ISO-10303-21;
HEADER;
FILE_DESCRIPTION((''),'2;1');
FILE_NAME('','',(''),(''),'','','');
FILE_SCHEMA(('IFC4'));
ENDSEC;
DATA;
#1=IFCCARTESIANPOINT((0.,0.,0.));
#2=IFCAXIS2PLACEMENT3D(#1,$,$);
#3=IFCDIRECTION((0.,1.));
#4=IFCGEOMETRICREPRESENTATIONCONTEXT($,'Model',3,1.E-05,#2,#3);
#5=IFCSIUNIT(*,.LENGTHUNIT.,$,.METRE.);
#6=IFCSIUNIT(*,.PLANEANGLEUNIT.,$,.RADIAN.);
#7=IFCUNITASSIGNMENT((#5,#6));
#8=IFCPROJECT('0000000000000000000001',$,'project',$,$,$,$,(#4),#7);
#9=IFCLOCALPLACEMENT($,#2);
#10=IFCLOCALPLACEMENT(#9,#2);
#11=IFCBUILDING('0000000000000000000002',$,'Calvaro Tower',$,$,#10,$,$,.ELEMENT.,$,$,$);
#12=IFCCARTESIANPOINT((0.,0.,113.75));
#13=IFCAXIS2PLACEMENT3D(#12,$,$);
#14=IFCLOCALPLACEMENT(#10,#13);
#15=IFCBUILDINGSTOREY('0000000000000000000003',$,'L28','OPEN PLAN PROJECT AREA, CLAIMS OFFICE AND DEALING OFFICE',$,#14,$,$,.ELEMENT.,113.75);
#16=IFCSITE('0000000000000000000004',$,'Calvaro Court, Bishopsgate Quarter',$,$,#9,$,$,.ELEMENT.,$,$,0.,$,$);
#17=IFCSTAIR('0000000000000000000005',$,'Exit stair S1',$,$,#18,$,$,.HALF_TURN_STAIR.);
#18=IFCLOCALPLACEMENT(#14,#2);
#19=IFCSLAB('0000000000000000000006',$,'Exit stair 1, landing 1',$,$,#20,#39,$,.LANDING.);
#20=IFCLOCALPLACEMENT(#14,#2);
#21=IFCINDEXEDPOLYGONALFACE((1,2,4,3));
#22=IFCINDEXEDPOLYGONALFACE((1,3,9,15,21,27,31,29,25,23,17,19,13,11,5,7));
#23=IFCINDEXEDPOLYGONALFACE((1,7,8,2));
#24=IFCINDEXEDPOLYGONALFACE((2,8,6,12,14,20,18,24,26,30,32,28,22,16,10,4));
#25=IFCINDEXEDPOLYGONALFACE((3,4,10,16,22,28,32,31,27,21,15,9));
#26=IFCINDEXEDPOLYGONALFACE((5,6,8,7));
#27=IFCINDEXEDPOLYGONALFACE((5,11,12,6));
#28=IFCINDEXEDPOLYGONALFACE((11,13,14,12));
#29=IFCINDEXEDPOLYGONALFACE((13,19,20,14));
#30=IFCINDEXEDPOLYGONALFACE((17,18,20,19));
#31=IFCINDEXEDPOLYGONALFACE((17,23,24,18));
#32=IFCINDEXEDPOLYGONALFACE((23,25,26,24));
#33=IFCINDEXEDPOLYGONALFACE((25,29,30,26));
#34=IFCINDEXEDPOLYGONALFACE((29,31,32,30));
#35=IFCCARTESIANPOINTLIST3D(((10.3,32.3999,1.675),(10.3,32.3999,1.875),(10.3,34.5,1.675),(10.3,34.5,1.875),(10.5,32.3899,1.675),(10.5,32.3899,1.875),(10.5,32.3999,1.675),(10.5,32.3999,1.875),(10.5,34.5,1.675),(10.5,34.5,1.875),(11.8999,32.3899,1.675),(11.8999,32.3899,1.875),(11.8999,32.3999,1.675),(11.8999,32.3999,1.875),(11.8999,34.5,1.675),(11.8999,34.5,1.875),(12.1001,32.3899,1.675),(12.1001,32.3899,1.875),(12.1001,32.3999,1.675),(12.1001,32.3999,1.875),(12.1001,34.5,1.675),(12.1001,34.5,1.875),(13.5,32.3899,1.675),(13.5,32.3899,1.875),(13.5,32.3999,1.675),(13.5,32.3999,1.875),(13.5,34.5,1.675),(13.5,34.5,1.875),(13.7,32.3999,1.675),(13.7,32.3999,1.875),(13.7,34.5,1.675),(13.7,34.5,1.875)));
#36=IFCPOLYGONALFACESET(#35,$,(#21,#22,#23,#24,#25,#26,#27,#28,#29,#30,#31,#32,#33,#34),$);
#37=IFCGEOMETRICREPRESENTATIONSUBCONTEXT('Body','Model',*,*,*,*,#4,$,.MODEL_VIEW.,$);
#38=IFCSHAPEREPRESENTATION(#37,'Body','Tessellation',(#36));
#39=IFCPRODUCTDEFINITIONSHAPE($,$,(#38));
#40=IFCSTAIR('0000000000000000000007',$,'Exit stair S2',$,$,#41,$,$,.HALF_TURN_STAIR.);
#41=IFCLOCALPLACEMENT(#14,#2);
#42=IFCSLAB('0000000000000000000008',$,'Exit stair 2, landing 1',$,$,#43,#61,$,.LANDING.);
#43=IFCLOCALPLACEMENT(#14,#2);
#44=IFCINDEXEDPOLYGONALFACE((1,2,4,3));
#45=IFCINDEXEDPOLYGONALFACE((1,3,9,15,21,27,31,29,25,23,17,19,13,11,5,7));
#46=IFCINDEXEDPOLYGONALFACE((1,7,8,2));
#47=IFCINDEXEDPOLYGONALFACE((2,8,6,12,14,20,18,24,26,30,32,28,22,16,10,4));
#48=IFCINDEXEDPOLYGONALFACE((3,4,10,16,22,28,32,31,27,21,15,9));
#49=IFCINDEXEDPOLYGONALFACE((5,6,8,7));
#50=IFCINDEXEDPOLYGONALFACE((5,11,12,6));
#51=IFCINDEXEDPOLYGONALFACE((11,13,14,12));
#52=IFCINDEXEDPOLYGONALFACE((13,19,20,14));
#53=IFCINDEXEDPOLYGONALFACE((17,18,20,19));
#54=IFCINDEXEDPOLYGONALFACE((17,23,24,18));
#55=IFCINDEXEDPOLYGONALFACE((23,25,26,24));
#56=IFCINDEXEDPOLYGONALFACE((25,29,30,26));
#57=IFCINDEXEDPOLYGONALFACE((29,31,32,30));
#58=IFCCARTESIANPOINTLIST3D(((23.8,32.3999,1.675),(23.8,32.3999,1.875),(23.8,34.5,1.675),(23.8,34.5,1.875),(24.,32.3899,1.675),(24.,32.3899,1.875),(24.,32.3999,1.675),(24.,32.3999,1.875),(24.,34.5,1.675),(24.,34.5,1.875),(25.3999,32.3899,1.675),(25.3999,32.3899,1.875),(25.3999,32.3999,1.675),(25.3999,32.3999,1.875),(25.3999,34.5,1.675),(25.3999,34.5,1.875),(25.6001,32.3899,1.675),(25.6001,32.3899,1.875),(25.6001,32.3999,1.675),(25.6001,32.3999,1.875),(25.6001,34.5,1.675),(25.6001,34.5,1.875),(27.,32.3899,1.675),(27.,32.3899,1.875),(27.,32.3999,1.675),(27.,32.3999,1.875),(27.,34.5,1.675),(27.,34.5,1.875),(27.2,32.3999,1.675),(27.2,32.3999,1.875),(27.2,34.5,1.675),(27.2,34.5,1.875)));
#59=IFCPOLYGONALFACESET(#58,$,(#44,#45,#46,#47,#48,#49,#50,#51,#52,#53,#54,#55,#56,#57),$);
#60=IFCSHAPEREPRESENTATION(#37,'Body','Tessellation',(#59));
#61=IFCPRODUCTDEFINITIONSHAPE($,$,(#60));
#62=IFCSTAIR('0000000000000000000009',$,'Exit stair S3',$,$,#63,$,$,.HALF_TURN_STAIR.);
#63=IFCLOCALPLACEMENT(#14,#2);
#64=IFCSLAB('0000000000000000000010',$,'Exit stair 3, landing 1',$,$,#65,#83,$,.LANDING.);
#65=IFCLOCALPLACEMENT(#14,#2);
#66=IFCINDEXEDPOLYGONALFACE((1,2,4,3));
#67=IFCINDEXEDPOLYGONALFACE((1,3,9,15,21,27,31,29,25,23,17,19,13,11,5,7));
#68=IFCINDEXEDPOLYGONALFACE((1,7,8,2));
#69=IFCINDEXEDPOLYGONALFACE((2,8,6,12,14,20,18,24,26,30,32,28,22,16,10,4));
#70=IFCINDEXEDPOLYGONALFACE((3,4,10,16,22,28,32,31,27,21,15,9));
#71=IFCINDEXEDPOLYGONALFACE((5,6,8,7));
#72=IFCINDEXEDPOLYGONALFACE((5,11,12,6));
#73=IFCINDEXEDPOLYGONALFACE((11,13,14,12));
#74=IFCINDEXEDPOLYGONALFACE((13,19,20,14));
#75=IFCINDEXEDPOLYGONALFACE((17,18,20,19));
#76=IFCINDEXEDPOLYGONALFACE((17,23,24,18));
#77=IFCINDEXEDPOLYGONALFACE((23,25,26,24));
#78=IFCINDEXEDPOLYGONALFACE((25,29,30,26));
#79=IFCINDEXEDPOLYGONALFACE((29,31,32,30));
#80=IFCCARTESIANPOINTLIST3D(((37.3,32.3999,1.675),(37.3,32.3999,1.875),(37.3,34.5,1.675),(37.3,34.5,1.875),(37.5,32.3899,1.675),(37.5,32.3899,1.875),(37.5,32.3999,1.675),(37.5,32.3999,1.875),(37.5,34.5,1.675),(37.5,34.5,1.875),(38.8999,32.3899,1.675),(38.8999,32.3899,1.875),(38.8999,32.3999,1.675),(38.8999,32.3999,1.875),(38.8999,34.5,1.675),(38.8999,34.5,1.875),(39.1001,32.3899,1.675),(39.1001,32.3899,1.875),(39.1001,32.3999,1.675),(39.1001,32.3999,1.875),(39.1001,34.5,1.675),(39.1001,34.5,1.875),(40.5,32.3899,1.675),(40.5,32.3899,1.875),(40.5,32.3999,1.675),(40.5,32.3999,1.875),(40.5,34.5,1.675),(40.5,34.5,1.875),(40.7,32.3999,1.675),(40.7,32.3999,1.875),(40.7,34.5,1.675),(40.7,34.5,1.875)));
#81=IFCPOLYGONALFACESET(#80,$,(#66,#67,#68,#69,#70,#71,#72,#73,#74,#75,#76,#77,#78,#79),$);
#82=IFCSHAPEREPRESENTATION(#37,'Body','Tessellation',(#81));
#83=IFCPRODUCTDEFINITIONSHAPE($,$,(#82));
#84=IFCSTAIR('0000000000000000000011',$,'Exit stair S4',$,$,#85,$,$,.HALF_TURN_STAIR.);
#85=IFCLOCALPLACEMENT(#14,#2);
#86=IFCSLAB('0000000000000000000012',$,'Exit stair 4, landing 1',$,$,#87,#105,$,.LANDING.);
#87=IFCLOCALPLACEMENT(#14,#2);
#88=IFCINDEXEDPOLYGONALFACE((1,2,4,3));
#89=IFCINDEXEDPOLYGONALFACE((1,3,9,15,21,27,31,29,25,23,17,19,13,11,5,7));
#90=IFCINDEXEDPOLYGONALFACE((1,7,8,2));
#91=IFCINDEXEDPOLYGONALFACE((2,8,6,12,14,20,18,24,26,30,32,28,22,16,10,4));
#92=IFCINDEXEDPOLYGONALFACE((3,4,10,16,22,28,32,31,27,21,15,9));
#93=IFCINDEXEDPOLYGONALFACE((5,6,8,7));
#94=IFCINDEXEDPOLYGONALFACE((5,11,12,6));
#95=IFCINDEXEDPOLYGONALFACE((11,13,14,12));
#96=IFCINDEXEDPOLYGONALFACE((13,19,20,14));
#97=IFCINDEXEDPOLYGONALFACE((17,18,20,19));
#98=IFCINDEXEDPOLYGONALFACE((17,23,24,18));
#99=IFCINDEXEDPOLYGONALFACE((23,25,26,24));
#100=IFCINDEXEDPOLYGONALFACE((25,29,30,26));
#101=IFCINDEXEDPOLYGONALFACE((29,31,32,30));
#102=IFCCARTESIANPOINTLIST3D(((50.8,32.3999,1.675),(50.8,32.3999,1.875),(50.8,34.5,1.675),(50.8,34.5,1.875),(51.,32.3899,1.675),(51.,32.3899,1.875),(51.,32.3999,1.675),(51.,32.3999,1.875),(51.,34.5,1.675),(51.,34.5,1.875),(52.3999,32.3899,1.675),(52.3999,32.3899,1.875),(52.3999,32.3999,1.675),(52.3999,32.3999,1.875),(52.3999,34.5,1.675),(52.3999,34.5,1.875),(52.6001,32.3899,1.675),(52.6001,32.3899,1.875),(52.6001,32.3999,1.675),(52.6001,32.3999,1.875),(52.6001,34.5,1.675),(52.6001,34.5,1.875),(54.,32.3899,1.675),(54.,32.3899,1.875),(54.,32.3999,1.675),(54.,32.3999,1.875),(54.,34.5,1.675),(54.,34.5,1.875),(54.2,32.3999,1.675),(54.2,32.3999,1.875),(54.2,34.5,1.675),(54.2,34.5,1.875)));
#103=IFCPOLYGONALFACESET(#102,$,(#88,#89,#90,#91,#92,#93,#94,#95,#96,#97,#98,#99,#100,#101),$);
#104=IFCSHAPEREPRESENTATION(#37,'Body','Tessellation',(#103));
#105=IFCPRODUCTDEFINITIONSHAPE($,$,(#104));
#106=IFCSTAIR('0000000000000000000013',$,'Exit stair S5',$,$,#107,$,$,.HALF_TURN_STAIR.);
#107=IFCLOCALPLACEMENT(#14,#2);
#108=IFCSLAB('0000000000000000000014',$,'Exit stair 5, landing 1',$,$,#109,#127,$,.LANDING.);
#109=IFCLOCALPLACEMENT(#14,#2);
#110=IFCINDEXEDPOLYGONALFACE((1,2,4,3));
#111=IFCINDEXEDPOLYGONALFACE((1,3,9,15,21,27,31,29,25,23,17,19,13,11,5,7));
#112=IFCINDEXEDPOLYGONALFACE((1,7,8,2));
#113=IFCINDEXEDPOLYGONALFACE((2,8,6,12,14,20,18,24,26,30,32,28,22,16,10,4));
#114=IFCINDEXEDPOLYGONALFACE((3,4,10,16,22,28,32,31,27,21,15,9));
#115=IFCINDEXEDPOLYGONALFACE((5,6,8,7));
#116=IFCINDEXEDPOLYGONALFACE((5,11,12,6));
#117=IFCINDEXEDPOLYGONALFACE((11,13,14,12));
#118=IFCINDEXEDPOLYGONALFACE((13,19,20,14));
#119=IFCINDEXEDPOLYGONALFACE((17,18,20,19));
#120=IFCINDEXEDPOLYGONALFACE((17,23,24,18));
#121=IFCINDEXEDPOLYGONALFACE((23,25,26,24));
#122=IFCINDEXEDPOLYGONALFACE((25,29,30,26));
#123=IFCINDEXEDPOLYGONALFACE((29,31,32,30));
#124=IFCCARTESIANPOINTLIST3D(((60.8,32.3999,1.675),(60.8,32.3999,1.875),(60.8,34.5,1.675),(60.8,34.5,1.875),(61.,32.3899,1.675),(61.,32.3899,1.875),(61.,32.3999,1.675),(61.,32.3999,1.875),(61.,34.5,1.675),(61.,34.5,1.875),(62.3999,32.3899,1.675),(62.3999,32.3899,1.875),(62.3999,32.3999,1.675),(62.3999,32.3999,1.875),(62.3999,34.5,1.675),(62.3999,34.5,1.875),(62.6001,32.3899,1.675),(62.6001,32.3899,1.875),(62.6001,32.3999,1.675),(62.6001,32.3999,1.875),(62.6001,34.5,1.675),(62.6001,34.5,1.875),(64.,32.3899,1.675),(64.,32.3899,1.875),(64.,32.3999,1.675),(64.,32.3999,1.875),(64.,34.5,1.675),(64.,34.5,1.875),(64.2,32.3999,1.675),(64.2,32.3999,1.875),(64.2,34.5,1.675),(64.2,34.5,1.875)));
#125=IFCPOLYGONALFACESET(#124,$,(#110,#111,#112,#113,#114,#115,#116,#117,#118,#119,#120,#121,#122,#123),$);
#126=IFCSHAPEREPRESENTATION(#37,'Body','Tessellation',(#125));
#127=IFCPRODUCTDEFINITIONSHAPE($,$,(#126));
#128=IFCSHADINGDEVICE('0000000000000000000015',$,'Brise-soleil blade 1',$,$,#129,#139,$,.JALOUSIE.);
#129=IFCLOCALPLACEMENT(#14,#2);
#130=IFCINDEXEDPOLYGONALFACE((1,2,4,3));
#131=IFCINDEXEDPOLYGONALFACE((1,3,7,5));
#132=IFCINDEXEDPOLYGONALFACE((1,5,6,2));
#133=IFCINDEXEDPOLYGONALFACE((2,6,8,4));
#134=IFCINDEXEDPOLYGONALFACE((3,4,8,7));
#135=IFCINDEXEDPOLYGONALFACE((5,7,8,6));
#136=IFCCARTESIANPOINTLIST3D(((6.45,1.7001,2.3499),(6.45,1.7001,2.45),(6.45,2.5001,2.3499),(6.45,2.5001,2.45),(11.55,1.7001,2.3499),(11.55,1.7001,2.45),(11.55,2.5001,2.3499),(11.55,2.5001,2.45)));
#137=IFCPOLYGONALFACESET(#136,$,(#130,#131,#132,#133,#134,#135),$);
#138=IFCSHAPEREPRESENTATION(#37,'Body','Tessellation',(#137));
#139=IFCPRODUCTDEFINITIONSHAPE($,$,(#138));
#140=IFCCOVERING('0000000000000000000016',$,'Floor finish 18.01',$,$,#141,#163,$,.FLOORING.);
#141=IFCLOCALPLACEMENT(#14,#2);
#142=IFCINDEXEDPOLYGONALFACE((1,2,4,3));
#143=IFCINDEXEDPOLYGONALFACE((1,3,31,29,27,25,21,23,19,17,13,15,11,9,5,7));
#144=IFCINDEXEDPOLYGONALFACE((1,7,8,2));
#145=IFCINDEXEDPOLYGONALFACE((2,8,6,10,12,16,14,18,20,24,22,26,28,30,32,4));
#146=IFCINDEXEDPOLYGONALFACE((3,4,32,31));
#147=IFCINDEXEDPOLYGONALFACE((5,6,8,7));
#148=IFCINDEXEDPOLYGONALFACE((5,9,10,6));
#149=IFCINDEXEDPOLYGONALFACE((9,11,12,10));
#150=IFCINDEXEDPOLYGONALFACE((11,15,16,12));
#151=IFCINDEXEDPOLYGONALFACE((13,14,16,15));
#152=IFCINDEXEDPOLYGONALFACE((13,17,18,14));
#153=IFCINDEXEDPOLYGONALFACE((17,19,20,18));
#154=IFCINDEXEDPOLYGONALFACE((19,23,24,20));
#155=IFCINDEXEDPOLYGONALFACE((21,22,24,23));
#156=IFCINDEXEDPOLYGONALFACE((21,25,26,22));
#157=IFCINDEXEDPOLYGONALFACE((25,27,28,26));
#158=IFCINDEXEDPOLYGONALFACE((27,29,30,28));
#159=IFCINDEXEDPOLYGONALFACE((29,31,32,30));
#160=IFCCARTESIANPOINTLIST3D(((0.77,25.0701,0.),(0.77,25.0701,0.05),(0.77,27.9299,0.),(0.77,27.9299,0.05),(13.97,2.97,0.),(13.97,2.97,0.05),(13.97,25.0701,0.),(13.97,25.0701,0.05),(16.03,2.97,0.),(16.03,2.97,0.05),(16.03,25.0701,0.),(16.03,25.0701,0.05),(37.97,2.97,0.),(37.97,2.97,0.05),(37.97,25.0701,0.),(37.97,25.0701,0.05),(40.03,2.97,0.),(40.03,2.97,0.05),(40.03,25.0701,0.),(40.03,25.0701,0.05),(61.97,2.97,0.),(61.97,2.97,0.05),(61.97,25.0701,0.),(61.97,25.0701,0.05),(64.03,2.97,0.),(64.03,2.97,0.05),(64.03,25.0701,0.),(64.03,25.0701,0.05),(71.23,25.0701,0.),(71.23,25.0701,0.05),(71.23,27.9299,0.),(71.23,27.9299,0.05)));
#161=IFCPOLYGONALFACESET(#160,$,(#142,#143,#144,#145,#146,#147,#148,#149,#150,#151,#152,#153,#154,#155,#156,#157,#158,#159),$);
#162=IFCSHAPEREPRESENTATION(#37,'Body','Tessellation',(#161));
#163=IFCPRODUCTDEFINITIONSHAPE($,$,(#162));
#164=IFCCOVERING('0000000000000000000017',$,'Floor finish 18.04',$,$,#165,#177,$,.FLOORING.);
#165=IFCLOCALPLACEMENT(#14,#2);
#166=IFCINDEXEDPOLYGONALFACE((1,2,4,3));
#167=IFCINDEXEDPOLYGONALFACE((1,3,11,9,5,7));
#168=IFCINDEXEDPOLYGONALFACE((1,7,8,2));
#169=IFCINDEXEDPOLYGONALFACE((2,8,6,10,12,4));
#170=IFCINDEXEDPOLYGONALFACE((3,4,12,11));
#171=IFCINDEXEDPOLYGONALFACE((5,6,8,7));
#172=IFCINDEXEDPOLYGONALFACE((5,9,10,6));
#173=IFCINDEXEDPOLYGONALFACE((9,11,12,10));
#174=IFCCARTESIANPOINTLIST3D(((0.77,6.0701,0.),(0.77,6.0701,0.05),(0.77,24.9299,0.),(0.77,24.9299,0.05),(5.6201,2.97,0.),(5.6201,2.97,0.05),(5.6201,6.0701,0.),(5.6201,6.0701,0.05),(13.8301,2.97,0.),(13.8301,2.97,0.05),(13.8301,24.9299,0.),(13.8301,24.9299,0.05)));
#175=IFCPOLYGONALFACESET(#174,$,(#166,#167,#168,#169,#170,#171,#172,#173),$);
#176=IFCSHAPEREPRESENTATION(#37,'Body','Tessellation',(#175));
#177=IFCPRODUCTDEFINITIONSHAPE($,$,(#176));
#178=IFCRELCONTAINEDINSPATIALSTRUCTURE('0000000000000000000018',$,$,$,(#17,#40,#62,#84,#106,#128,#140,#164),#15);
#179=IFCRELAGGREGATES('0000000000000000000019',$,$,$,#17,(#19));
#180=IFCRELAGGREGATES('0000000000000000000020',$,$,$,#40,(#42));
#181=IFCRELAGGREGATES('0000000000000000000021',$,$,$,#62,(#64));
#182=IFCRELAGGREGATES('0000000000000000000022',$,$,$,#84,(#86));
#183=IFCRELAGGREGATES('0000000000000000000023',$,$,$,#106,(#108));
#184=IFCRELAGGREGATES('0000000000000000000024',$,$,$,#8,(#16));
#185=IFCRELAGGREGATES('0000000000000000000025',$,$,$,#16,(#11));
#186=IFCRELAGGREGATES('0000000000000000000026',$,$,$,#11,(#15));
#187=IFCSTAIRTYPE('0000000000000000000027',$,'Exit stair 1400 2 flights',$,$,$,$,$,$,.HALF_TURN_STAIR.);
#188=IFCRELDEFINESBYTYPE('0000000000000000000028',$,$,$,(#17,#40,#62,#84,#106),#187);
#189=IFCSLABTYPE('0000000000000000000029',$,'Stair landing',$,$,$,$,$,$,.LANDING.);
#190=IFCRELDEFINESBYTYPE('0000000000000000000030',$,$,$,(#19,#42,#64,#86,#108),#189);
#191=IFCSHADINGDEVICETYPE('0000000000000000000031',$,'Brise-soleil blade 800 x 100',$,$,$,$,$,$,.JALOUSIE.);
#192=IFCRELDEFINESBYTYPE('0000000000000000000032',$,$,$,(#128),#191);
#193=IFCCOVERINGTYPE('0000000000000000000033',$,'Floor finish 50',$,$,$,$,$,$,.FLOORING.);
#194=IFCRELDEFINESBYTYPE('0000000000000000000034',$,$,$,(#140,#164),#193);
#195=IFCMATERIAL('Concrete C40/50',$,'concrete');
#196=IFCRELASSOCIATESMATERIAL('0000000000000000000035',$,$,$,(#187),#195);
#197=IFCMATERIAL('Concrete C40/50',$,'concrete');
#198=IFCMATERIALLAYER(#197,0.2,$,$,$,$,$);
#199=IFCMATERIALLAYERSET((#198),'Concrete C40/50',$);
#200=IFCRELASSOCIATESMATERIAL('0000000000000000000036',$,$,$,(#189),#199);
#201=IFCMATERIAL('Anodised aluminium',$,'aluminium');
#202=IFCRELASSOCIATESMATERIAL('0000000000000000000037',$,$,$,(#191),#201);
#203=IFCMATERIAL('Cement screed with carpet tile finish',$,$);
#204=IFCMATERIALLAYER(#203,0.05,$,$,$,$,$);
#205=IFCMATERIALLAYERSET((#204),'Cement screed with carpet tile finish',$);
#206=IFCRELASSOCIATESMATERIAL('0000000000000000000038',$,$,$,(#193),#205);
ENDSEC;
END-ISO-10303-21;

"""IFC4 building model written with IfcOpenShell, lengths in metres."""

from ifc_helpers import new_model, si_unit, direction, frame, origin, origin_2d, place, context, subcontext, project, spatial, polyline, rectangle, outline, extrude, material, layer, layer_set, material_profile, profile_set, type_object, element, aggregate, save


model = new_model("IFC4")

# Units and contexts
model_context = context("Model", 3, precision=1e-05, world=origin(), true_north=direction((0.0, 1.0)))
body_context = subcontext(model_context, "Body", "Model", "MODEL_VIEW")
ifc_project = project(units=[si_unit("LENGTHUNIT", "METRE"), si_unit("PLANEANGLEUNIT", "RADIAN")], contexts=[model_context])

# Site, building, storey
site_placement = place(None, origin())
site = spatial("IfcSite", under=ifc_project, at=site_placement, Name="Calvaro Court, Bishopsgate Quarter", CompositionType="ELEMENT", RefElevation=0.0)
building_placement = place(site_placement, origin())
building = spatial("IfcBuilding", under=site, at=building_placement, Name="Calvaro Tower", CompositionType="ELEMENT")
storey_placement = place(building_placement, frame((0.0, 0.0, 113.75)))
storey = spatial("IfcBuildingStorey", under=building, at=storey_placement, Name="L28", Description="OPEN PLAN PROJECT AREA, CLAIMS OFFICE AND DEALING OFFICE", CompositionType="ELEMENT", Elevation=113.75)

# Stairs, slabs
ifc_material_1 = material(Name="Concrete C40/50", Category="concrete")
stair_type = type_object("IfcStairType", Name="Exit stair 1400 2 flights", PredefinedType="HALF_TURN_STAIR", material=ifc_material_1)
stair_1_placement = place(storey_placement, origin())
stair_1 = element("IfcStair", 1, at=stair_1_placement, inside=storey, type_object=stair_type, Name="Exit stair S1", PredefinedType="HALF_TURN_STAIR")
ifc_material_2 = material(Name="Concrete C40/50", Category="concrete")
ifc_layer_1 = layer(ifc_material_2, 0.2)
ifc_layer_set_1 = layer_set([ifc_layer_1], Name="Concrete C40/50")
slab_type_1 = type_object("IfcSlabType", Name="Stair landing", PredefinedType="LANDING", material=ifc_layer_set_1)
slab_1_placement = place(storey_placement, frame((0.0, 0.0, 1.675)))
slab_1 = element("IfcSlab", 2, at=slab_1_placement, type_object=slab_type_1, Name="Exit stair 1, landing 1", PredefinedType="LANDING", context=body_context, shape_type="SweptSolid", body=[
    extrude(outline(polyline([(11.8999, 32.3899), (10.5, 32.3899), (10.5, 32.3999), (10.3, 32.3999), (10.3, 34.5), (10.5, 34.5), (11.8999, 34.5), (12.1001, 34.5), (13.5, 34.5), (13.7, 34.5), (13.7, 32.3999), (13.5, 32.3999), (13.5, 32.3899), (12.1001, 32.3899), (12.1001, 32.3999), (11.8999, 32.3999), (11.8999, 32.3899)])), origin(), (0.0, 0.0, 1.0), 0.2),
])
aggregate(stair_1, [slab_1])
stair_2_placement = place(storey_placement, origin())
stair_2 = element("IfcStair", 3, at=stair_2_placement, inside=storey, type_object=stair_type, Name="Exit stair S2", PredefinedType="HALF_TURN_STAIR")
slab_2_placement = place(storey_placement, frame((0.0, 0.0, 1.675)))
slab_2 = element("IfcSlab", 4, at=slab_2_placement, type_object=slab_type_1, Name="Exit stair 2, landing 1", PredefinedType="LANDING", context=body_context, shape_type="SweptSolid", body=[
    extrude(outline(polyline([(25.3999, 32.3899), (24.0, 32.3899), (24.0, 32.3999), (23.8, 32.3999), (23.8, 34.5), (24.0, 34.5), (25.3999, 34.5), (25.6001, 34.5), (27.0, 34.5), (27.2, 34.5), (27.2, 32.3999), (27.0, 32.3999), (27.0, 32.3899), (25.6001, 32.3899), (25.6001, 32.3999), (25.3999, 32.3999), (25.3999, 32.3899)])), origin(), (0.0, 0.0, 1.0), 0.2),
])
aggregate(stair_2, [slab_2])
stair_3_placement = place(storey_placement, origin())
stair_3 = element("IfcStair", 5, at=stair_3_placement, inside=storey, type_object=stair_type, Name="Exit stair S3", PredefinedType="HALF_TURN_STAIR")
slab_3_placement = place(storey_placement, frame((0.0, 0.0, 1.675)))
slab_3 = element("IfcSlab", 6, at=slab_3_placement, type_object=slab_type_1, Name="Exit stair 3, landing 1", PredefinedType="LANDING", context=body_context, shape_type="SweptSolid", body=[
    extrude(outline(polyline([(38.8999, 32.3899), (37.5, 32.3899), (37.5, 32.3999), (37.3, 32.3999), (37.3, 34.5), (37.5, 34.5), (38.8999, 34.5), (39.1001, 34.5), (40.5, 34.5), (40.7, 34.5), (40.7, 32.3999), (40.5, 32.3999), (40.5, 32.3899), (39.1001, 32.3899), (39.1001, 32.3999), (38.8999, 32.3999), (38.8999, 32.3899)])), origin(), (0.0, 0.0, 1.0), 0.2),
])
aggregate(stair_3, [slab_3])
stair_4_placement = place(storey_placement, origin())
stair_4 = element("IfcStair", 7, at=stair_4_placement, inside=storey, type_object=stair_type, Name="Exit stair S4", PredefinedType="HALF_TURN_STAIR")
slab_4_placement = place(storey_placement, frame((0.0, 0.0, 1.675)))
slab_4 = element("IfcSlab", 8, at=slab_4_placement, type_object=slab_type_1, Name="Exit stair 4, landing 1", PredefinedType="LANDING", context=body_context, shape_type="SweptSolid", body=[
    extrude(outline(polyline([(52.3999, 32.3899), (51.0, 32.3899), (51.0, 32.3999), (50.8, 32.3999), (50.8, 34.5), (51.0, 34.5), (52.3999, 34.5), (52.6001, 34.5), (54.0, 34.5), (54.2, 34.5), (54.2, 32.3999), (54.0, 32.3999), (54.0, 32.3899), (52.6001, 32.3899), (52.6001, 32.3999), (52.3999, 32.3999), (52.3999, 32.3899)])), origin(), (0.0, 0.0, 1.0), 0.2),
])
aggregate(stair_4, [slab_4])
stair_5_placement = place(storey_placement, origin())
stair_5 = element("IfcStair", 9, at=stair_5_placement, inside=storey, type_object=stair_type, Name="Exit stair S5", PredefinedType="HALF_TURN_STAIR")
slab_5_placement = place(storey_placement, frame((0.0, 0.0, 1.675)))
slab_5 = element("IfcSlab", 10, at=slab_5_placement, type_object=slab_type_1, Name="Exit stair 5, landing 1", PredefinedType="LANDING", context=body_context, shape_type="SweptSolid", body=[
    extrude(outline(polyline([(62.3999, 32.3899), (61.0, 32.3899), (61.0, 32.3999), (60.8, 32.3999), (60.8, 34.5), (61.0, 34.5), (62.3999, 34.5), (62.6001, 34.5), (64.0, 34.5), (64.2, 34.5), (64.2, 32.3999), (64.0, 32.3999), (64.0, 32.3899), (62.6001, 32.3899), (62.6001, 32.3999), (62.3999, 32.3999), (62.3999, 32.3899)])), origin(), (0.0, 0.0, 1.0), 0.2),
])
aggregate(stair_5, [slab_5])

# Shading device
ifc_material_3 = material(Name="Anodised aluminium", Category="aluminium")
ifc_material_profile_1 = material_profile(ifc_material_3, rectangle(XDim=0.8, YDim=0.1001, at=origin_2d()), Name="Brise-soleil blade 800 x 100")
ifc_profile_set_1 = profile_set([ifc_material_profile_1], Name="Anodised aluminium")
shading_device_type = type_object("IfcShadingDeviceType", Name="Brise-soleil blade 800 x 100", PredefinedType="JALOUSIE", material=ifc_profile_set_1)
shading_device_placement = place(storey_placement, frame((6.45, 2.1001, 2.3999), z_axis=(1.0, 0.0, 0.0), x_axis=(0.0, 1.0, 0.0)))
element("IfcShadingDevice", 11, at=shading_device_placement, inside=storey, type_object=shading_device_type, Name="Brise-soleil blade 1", PredefinedType="JALOUSIE", context=body_context, shape_type="SweptSolid", body=[
    extrude(rectangle(XDim=0.8, YDim=0.1001, at=origin_2d()), origin(), (0.0, 0.0, 1.0), 5.1001),
])

# Coverings
ifc_material_4 = material(Name="Cement screed with carpet tile finish")
ifc_layer_2 = layer(ifc_material_4, 0.05)
ifc_layer_set_2 = layer_set([ifc_layer_2], Name="Cement screed with carpet tile finish")
covering_type = type_object("IfcCoveringType", Name="Floor finish 50", PredefinedType="FLOORING", material=ifc_layer_set_2)
covering_1_placement = place(storey_placement, origin())
element("IfcCovering", 12, at=covering_1_placement, inside=storey, type_object=covering_type, Name="Floor finish 18.01", PredefinedType="FLOORING", context=body_context, shape_type="SweptSolid", body=[
    extrude(outline(polyline([(0.77, 25.0701), (0.77, 27.9299), (71.23, 27.9299), (71.23, 25.0701), (64.03, 25.0701), (64.03, 2.97), (61.97, 2.97), (61.97, 25.0701), (40.03, 25.0701), (40.03, 2.97), (37.97, 2.97), (37.97, 25.0701), (16.03, 25.0701), (16.03, 2.97), (13.97, 2.97), (13.97, 25.0701), (0.77, 25.0701)])), origin(), (0.0, 0.0, 1.0), 0.05),
])
covering_2_placement = place(storey_placement, origin())
element("IfcCovering", 13, at=covering_2_placement, inside=storey, type_object=covering_type, Name="Floor finish 18.04", PredefinedType="FLOORING", context=body_context, shape_type="SweptSolid", body=[
    extrude(outline(polyline([(13.8301, 24.9299), (13.8301, 2.97), (5.6201, 2.97), (5.6201, 6.0701), (0.77, 6.0701), (0.77, 24.9299), (13.8301, 24.9299)])), origin(), (0.0, 0.0, 1.0), 0.05),
])

save(model, "model.ifc")
